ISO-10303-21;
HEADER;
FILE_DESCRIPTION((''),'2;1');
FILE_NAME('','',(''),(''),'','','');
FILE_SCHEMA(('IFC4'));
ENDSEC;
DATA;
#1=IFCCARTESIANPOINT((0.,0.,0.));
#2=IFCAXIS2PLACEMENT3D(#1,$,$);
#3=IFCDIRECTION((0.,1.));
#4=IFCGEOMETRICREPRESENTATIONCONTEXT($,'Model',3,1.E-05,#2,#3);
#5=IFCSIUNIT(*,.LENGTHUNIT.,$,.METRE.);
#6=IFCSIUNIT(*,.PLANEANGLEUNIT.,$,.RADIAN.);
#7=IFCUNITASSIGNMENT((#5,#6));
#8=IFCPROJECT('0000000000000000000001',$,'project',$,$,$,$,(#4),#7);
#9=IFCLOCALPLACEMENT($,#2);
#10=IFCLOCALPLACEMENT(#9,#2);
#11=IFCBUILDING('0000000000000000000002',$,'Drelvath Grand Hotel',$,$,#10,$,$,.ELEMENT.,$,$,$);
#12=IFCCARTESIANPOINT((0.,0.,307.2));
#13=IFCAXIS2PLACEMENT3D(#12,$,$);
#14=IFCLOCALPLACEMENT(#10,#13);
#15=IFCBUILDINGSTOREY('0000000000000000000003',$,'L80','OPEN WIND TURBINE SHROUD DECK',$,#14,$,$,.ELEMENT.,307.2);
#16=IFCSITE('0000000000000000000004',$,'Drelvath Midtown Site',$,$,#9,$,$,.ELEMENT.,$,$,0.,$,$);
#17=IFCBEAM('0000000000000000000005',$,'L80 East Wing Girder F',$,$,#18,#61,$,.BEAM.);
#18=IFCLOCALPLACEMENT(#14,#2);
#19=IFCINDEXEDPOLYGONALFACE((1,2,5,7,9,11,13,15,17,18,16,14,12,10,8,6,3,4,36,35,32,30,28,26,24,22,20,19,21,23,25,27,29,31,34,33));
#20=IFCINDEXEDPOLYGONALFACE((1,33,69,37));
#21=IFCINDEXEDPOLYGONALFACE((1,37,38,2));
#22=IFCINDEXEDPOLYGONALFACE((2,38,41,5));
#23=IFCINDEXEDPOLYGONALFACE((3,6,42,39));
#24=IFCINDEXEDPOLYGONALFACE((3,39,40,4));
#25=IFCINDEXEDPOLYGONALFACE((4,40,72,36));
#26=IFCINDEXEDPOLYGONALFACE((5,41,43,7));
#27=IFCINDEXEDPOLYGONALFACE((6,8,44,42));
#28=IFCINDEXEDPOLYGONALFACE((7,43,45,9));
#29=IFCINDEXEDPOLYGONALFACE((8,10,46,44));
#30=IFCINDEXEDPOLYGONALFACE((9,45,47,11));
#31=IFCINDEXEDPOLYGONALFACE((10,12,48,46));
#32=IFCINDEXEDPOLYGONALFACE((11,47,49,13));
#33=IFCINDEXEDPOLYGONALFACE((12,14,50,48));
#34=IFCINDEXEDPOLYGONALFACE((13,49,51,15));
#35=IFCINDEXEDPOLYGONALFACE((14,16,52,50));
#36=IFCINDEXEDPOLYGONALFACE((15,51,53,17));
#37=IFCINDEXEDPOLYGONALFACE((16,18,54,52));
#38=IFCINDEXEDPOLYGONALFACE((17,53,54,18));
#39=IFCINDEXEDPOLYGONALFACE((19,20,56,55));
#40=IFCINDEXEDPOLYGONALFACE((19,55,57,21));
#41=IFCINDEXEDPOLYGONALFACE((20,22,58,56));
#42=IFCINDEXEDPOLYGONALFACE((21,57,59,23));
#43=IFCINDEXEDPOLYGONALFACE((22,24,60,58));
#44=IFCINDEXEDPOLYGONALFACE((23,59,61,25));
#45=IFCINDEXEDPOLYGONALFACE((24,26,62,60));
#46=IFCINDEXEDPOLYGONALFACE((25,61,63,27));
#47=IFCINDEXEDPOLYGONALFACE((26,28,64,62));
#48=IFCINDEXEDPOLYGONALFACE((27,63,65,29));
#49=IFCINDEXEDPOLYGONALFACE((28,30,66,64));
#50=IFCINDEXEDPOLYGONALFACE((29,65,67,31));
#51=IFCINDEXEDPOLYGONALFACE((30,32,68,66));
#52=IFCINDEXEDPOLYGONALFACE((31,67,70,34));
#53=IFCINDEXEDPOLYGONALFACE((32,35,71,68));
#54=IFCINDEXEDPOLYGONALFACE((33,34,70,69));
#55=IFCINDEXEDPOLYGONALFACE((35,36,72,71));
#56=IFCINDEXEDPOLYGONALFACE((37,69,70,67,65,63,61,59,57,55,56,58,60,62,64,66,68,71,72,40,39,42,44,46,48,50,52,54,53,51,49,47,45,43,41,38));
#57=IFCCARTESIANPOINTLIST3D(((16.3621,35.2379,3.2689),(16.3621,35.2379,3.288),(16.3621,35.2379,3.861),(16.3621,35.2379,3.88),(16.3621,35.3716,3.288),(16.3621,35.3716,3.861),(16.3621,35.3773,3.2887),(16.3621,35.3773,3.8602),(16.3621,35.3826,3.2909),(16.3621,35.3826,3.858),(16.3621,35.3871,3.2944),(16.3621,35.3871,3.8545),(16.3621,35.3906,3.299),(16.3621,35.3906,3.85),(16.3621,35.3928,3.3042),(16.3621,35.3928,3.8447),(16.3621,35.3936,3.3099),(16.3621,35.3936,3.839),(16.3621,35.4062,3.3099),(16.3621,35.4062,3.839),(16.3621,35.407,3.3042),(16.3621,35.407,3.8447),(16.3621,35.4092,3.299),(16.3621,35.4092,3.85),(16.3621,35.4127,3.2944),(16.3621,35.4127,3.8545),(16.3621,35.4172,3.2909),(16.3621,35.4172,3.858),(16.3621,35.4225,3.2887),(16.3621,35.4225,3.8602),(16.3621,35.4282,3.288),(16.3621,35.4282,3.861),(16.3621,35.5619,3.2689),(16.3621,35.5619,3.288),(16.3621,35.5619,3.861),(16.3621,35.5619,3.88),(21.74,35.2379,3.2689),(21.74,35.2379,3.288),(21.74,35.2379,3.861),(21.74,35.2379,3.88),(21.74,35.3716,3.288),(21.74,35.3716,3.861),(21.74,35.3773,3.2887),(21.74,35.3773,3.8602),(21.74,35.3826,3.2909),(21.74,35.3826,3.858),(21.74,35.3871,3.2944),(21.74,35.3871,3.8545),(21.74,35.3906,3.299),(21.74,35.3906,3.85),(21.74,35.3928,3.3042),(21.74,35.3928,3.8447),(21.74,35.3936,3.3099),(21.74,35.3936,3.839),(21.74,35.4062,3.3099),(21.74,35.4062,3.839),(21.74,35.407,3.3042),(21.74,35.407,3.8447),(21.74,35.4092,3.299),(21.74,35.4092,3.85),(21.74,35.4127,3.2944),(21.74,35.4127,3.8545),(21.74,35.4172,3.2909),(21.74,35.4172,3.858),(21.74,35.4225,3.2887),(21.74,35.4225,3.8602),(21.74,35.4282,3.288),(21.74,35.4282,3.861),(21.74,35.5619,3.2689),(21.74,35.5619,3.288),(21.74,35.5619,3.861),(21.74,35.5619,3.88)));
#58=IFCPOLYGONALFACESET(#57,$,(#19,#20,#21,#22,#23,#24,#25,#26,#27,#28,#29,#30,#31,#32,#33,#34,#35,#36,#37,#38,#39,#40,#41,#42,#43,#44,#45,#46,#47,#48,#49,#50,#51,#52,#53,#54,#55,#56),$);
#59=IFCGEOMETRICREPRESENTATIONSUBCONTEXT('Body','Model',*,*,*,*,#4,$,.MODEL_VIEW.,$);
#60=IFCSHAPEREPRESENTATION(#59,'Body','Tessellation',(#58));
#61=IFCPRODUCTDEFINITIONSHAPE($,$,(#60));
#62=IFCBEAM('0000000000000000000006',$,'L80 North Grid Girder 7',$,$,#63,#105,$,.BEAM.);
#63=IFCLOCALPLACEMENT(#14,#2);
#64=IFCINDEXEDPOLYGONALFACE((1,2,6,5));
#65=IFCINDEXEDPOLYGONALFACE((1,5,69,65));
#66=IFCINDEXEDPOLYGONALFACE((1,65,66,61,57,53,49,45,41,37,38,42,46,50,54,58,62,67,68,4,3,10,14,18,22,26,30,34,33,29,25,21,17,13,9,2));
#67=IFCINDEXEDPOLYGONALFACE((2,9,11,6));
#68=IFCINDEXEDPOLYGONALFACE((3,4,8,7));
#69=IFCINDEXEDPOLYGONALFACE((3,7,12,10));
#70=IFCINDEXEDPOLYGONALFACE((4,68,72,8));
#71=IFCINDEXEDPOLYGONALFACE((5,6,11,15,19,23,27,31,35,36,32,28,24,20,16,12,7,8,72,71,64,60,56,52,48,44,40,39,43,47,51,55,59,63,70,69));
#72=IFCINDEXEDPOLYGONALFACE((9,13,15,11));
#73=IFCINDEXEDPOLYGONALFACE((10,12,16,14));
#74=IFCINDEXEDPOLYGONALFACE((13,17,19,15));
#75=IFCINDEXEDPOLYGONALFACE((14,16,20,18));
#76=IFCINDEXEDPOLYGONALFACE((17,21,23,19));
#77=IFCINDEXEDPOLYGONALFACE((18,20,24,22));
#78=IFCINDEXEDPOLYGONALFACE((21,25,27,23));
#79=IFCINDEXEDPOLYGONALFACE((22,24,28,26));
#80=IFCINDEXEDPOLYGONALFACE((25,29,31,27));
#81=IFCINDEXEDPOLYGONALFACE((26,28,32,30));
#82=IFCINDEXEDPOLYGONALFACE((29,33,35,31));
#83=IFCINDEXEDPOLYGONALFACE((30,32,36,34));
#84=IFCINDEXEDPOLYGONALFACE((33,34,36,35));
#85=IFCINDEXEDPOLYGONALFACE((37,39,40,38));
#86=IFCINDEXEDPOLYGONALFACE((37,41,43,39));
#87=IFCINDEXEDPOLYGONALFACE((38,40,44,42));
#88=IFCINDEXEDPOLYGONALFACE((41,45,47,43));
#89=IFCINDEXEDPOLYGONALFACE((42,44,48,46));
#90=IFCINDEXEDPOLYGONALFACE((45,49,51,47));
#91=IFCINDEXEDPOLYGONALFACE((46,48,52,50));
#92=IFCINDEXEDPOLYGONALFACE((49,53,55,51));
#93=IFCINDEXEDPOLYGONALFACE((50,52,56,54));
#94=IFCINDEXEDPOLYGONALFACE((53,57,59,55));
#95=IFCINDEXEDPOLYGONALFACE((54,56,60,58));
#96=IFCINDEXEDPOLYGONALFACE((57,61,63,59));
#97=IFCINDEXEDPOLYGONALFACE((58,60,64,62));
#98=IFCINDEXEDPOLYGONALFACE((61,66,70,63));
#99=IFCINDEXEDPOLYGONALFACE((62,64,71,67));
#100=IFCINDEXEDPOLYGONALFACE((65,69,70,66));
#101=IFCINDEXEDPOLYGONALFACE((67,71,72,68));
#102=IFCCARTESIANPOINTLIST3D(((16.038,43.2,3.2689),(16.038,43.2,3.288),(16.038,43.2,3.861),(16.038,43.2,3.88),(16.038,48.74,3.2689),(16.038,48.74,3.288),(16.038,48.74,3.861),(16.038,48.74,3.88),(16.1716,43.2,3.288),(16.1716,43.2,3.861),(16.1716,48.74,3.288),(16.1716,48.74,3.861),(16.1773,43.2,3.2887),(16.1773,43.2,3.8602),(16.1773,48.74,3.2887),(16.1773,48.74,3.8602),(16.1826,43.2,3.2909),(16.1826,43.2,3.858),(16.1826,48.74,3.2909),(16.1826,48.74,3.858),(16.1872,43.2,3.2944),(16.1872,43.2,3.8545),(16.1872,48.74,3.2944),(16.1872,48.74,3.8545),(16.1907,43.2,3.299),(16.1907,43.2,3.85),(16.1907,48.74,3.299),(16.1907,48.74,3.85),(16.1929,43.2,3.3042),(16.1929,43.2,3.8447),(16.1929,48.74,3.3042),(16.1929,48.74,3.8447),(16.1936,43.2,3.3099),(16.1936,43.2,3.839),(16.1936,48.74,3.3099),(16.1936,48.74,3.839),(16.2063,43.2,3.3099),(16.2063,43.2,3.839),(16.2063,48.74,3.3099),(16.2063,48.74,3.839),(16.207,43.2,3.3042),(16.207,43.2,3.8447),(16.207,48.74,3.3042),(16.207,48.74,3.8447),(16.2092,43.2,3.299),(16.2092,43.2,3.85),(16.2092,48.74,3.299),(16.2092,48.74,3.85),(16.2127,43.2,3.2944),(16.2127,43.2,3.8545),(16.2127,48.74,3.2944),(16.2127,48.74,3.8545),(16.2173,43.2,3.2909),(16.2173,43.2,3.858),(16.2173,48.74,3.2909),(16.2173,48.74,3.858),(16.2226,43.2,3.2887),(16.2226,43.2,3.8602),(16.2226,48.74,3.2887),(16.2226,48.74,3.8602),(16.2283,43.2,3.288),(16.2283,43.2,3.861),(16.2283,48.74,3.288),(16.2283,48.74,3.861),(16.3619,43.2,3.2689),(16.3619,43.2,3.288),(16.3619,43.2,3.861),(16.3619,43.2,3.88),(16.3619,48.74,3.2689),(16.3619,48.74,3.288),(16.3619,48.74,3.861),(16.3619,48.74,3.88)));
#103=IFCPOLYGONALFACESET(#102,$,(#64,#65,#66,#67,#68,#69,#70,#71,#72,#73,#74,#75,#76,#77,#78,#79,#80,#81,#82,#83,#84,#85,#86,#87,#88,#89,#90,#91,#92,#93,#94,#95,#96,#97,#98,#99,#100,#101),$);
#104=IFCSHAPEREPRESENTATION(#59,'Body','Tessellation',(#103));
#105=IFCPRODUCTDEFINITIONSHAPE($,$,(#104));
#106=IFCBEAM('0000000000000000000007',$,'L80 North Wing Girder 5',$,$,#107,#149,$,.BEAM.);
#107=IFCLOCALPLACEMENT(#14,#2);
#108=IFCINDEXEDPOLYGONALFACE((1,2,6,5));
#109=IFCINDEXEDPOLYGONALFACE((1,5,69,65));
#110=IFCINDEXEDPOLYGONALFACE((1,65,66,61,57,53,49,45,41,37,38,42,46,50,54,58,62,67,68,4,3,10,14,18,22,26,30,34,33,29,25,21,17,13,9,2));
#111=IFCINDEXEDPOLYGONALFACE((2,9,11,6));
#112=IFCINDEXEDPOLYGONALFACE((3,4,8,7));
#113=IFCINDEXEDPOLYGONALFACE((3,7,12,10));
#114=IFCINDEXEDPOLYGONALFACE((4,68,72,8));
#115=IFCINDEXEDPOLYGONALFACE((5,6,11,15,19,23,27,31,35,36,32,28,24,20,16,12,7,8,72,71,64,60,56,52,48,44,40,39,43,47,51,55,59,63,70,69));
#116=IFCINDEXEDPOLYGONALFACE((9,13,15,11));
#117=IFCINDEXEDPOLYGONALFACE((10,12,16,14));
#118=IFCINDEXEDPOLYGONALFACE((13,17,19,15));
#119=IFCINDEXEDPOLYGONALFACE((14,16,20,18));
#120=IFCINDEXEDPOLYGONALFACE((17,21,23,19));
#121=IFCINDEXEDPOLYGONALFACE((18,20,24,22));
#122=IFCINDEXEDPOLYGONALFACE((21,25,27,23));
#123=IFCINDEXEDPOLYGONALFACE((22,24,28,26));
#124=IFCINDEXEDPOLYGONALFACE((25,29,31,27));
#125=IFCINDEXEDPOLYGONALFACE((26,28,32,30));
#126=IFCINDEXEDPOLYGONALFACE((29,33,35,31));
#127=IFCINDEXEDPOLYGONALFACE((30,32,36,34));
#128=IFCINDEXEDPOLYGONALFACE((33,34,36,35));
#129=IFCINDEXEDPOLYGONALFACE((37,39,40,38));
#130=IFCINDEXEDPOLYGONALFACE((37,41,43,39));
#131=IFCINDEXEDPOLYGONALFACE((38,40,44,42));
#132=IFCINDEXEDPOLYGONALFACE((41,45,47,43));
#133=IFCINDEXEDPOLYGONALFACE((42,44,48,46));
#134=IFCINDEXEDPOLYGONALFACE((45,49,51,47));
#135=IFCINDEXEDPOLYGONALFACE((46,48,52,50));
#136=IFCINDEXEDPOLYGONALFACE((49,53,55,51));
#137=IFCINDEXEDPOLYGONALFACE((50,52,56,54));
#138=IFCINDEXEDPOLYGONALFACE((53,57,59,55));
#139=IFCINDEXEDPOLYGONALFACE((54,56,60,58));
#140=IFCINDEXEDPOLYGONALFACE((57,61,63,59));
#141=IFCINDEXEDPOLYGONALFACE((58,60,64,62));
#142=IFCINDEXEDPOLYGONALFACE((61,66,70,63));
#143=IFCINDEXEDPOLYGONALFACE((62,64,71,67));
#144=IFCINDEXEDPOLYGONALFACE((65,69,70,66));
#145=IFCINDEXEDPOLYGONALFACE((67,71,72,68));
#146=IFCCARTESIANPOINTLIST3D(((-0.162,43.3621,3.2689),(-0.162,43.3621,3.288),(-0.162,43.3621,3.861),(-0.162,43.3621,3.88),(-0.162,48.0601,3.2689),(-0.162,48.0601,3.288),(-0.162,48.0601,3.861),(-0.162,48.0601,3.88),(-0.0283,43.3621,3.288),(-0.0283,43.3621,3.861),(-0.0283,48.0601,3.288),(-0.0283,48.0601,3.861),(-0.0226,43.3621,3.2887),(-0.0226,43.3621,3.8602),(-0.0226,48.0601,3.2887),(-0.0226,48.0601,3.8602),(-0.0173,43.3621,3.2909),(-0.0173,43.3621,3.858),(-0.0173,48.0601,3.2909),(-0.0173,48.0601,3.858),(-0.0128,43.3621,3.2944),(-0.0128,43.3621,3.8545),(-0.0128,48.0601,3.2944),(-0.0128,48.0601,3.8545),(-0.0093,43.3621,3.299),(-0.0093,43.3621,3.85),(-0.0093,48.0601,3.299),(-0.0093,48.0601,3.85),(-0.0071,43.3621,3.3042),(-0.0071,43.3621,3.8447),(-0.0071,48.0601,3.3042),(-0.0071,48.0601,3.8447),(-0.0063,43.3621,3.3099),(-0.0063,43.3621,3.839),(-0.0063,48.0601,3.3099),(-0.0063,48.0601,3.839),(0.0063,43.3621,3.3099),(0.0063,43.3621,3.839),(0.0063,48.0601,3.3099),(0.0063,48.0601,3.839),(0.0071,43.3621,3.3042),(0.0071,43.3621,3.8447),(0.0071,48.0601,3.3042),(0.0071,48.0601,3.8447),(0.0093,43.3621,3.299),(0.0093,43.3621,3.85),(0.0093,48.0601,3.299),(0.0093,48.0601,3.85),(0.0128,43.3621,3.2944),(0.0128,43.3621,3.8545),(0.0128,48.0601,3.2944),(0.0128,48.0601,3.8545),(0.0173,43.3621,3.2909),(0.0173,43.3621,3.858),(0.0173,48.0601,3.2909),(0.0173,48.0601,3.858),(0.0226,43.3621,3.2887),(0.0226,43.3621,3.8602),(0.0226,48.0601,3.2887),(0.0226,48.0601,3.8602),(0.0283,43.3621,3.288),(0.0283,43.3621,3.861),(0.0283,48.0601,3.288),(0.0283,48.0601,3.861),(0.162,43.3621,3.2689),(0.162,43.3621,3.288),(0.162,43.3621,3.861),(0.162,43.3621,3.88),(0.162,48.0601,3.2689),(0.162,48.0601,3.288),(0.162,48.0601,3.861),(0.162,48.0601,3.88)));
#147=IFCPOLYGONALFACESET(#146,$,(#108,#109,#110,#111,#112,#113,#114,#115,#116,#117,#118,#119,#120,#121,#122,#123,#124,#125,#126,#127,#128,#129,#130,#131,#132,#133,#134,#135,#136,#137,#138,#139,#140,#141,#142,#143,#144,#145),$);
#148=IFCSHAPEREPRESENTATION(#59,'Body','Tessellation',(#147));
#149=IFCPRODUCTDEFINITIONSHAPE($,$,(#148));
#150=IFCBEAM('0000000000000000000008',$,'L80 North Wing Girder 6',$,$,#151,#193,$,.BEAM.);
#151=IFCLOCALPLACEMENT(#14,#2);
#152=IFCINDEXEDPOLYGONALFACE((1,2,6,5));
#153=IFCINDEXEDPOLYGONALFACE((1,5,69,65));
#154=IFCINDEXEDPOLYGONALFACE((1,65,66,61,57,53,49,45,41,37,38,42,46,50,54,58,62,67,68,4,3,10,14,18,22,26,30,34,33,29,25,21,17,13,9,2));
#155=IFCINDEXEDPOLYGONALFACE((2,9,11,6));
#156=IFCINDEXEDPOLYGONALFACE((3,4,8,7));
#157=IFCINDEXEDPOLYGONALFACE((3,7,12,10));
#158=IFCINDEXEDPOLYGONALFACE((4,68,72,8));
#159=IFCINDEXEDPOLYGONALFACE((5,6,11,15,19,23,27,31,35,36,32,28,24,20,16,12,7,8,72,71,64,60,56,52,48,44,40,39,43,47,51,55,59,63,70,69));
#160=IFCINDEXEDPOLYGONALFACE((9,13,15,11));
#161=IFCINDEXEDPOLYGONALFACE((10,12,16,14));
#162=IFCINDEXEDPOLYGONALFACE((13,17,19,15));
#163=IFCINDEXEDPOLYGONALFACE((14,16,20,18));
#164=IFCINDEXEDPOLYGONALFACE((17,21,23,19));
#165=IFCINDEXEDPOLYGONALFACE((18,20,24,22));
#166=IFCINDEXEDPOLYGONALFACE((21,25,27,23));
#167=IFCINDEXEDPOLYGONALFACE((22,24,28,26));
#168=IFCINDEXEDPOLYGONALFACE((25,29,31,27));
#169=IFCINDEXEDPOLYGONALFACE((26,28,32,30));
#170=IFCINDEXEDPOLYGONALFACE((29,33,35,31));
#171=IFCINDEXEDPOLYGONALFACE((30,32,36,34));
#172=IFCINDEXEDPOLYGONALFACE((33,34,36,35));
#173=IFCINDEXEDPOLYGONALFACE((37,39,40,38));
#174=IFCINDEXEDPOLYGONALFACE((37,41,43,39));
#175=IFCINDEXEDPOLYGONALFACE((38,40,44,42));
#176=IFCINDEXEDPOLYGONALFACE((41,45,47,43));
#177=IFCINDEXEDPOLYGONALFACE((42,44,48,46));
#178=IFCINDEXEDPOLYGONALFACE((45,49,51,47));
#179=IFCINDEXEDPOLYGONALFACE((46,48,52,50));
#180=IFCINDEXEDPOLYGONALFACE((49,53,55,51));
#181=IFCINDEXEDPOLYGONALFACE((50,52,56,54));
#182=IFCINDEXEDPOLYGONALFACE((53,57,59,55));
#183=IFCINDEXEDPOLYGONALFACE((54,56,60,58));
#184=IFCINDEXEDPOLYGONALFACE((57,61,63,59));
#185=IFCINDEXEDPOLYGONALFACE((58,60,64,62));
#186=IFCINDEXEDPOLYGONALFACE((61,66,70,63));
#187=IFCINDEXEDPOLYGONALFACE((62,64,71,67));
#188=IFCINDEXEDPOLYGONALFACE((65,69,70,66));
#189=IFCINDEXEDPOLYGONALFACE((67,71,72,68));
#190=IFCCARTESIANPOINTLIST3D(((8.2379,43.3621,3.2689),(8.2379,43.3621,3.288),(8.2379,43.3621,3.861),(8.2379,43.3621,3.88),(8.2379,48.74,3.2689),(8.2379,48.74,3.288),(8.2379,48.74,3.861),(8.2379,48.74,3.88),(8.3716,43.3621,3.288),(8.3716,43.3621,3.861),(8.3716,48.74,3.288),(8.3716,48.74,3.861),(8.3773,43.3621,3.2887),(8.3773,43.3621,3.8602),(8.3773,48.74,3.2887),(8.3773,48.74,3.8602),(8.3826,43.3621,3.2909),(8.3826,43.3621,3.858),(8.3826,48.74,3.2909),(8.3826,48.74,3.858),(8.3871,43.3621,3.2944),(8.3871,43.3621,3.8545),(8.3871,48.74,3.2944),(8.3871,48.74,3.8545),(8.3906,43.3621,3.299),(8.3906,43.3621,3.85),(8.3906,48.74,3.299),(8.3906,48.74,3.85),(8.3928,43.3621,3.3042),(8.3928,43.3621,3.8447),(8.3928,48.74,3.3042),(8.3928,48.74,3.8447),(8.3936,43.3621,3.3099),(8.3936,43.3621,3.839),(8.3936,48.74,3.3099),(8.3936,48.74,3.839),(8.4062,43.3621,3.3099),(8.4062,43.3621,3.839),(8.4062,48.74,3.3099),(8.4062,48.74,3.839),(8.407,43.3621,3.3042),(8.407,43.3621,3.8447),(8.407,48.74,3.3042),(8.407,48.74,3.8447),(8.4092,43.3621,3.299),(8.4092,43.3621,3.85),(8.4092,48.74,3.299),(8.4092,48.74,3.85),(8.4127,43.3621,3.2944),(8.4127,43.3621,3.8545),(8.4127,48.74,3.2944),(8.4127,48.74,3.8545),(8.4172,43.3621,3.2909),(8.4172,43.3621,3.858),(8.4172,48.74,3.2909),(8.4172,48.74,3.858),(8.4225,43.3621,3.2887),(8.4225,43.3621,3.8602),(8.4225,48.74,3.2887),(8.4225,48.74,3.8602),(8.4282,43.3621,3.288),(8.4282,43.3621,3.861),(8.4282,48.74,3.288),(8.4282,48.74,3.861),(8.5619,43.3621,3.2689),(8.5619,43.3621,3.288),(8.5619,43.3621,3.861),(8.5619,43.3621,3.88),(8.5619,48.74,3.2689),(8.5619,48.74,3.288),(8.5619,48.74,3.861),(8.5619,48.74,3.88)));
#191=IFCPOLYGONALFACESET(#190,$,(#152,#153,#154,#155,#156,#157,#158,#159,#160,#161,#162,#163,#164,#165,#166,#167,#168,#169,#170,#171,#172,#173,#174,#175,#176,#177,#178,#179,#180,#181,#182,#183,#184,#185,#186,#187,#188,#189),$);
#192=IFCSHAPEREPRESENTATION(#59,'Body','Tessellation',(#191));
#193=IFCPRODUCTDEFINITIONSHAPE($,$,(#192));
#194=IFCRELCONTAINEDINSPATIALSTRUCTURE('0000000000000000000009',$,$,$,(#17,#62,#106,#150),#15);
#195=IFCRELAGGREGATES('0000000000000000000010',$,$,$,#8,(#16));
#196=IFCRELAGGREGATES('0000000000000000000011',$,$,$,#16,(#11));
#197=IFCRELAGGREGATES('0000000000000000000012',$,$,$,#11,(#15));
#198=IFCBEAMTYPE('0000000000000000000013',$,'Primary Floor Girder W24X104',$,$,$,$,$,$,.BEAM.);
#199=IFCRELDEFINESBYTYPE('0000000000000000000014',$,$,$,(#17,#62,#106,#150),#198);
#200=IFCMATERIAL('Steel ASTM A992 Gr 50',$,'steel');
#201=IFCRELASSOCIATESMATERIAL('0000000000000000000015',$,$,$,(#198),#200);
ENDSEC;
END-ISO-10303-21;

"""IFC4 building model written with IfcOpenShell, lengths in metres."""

from ifc_helpers import new_model, si_unit, direction, frame, origin, origin_2d, place, context, subcontext, project, spatial, i_section, extrude, material, material_profile, profile_set, type_object, element, save


model = new_model("IFC4")

# Units and contexts
model_context = context("Model", 3, precision=1e-05, world=origin(), true_north=direction((0.0, 1.0)))
body_context = subcontext(model_context, "Body", "Model", "MODEL_VIEW")
ifc_project = project(units=[si_unit("LENGTHUNIT", "METRE"), si_unit("PLANEANGLEUNIT", "RADIAN")], contexts=[model_context])

# Site, building, storey
site_placement = place(None, origin())
site = spatial("IfcSite", under=ifc_project, at=site_placement, Name="Drelvath Midtown Site", CompositionType="ELEMENT", RefElevation=0.0)
building_placement = place(site_placement, origin())
building = spatial("IfcBuilding", under=site, at=building_placement, Name="Drelvath Grand Hotel", CompositionType="ELEMENT")
storey_placement = place(building_placement, frame((0.0, 0.0, 307.2)))
storey = spatial("IfcBuildingStorey", under=building, at=storey_placement, Name="L80", Description="OPEN WIND TURBINE SHROUD DECK", CompositionType="ELEMENT", Elevation=307.2)

# Beams
ifc_material_1 = material(Name="Steel ASTM A992 Gr 50", Category="steel")
ifc_material_profile_1 = material_profile(ifc_material_1, i_section(OverallWidth=0.324, OverallDepth=0.6111, WebThickness=0.0127, FlangeThickness=0.019, FilletRadius=0.022, at=origin_2d()), Name="W24X104")
ifc_profile_set_1 = profile_set([ifc_material_profile_1], Name="Steel ASTM A992 Gr 50")
beam_type_1 = type_object("IfcBeamType", Name="Primary Floor Girder W24X104", PredefinedType="BEAM", material=ifc_profile_set_1)
beam_1_placement = place(storey_placement, frame((16.3621, 35.3999, 3.5745), z_axis=(1.0, 0.0, 0.0), x_axis=(0.0, 1.0, 0.0)))
element("IfcBeam", 1, at=beam_1_placement, inside=storey, type_object=beam_type_1, Name="L80 East Wing Girder F", PredefinedType="BEAM", context=body_context, shape_type="SweptSolid", body=[
    extrude(i_section(OverallWidth=0.324, OverallDepth=0.6111, WebThickness=0.0127, FlangeThickness=0.019, FilletRadius=0.022, at=origin_2d()), origin(), (0.0, 0.0, 1.0), 5.3779),
])
beam_2_placement = place(storey_placement, frame((16.2, 43.2, 3.5745), z_axis=(0.0, 1.0, 0.0), x_axis=(-1.0, 0.0, 0.0)))
element("IfcBeam", 2, at=beam_2_placement, inside=storey, type_object=beam_type_1, Name="L80 North Grid Girder 7", PredefinedType="BEAM", context=body_context, shape_type="SweptSolid", body=[
    extrude(i_section(OverallWidth=0.324, OverallDepth=0.6111, WebThickness=0.0127, FlangeThickness=0.019, FilletRadius=0.022, at=origin_2d()), origin(), (0.0, 0.0, 1.0), 5.54),
])
beam_3_placement = place(storey_placement, frame((0.0, 43.3621, 3.5745), z_axis=(0.0, 1.0, 0.0), x_axis=(-1.0, 0.0, 0.0)))
element("IfcBeam", 3, at=beam_3_placement, inside=storey, type_object=beam_type_1, Name="L80 North Wing Girder 5", PredefinedType="BEAM", context=body_context, shape_type="SweptSolid", body=[
    extrude(i_section(OverallWidth=0.324, OverallDepth=0.6111, WebThickness=0.0127, FlangeThickness=0.019, FilletRadius=0.022, at=origin_2d()), origin(), (0.0, 0.0, 1.0), 4.698),
])
beam_4_placement = place(storey_placement, frame((8.3999, 43.3621, 3.5745), z_axis=(0.0, 1.0, 0.0), x_axis=(-1.0, 0.0, 0.0)))
element("IfcBeam", 4, at=beam_4_placement, inside=storey, type_object=beam_type_1, Name="L80 North Wing Girder 6", PredefinedType="BEAM", context=body_context, shape_type="SweptSolid", body=[
    extrude(i_section(OverallWidth=0.324, OverallDepth=0.6111, WebThickness=0.0127, FlangeThickness=0.019, FilletRadius=0.022, at=origin_2d()), origin(), (0.0, 0.0, 1.0), 5.3779),
])

save(model, "model.ifc")
